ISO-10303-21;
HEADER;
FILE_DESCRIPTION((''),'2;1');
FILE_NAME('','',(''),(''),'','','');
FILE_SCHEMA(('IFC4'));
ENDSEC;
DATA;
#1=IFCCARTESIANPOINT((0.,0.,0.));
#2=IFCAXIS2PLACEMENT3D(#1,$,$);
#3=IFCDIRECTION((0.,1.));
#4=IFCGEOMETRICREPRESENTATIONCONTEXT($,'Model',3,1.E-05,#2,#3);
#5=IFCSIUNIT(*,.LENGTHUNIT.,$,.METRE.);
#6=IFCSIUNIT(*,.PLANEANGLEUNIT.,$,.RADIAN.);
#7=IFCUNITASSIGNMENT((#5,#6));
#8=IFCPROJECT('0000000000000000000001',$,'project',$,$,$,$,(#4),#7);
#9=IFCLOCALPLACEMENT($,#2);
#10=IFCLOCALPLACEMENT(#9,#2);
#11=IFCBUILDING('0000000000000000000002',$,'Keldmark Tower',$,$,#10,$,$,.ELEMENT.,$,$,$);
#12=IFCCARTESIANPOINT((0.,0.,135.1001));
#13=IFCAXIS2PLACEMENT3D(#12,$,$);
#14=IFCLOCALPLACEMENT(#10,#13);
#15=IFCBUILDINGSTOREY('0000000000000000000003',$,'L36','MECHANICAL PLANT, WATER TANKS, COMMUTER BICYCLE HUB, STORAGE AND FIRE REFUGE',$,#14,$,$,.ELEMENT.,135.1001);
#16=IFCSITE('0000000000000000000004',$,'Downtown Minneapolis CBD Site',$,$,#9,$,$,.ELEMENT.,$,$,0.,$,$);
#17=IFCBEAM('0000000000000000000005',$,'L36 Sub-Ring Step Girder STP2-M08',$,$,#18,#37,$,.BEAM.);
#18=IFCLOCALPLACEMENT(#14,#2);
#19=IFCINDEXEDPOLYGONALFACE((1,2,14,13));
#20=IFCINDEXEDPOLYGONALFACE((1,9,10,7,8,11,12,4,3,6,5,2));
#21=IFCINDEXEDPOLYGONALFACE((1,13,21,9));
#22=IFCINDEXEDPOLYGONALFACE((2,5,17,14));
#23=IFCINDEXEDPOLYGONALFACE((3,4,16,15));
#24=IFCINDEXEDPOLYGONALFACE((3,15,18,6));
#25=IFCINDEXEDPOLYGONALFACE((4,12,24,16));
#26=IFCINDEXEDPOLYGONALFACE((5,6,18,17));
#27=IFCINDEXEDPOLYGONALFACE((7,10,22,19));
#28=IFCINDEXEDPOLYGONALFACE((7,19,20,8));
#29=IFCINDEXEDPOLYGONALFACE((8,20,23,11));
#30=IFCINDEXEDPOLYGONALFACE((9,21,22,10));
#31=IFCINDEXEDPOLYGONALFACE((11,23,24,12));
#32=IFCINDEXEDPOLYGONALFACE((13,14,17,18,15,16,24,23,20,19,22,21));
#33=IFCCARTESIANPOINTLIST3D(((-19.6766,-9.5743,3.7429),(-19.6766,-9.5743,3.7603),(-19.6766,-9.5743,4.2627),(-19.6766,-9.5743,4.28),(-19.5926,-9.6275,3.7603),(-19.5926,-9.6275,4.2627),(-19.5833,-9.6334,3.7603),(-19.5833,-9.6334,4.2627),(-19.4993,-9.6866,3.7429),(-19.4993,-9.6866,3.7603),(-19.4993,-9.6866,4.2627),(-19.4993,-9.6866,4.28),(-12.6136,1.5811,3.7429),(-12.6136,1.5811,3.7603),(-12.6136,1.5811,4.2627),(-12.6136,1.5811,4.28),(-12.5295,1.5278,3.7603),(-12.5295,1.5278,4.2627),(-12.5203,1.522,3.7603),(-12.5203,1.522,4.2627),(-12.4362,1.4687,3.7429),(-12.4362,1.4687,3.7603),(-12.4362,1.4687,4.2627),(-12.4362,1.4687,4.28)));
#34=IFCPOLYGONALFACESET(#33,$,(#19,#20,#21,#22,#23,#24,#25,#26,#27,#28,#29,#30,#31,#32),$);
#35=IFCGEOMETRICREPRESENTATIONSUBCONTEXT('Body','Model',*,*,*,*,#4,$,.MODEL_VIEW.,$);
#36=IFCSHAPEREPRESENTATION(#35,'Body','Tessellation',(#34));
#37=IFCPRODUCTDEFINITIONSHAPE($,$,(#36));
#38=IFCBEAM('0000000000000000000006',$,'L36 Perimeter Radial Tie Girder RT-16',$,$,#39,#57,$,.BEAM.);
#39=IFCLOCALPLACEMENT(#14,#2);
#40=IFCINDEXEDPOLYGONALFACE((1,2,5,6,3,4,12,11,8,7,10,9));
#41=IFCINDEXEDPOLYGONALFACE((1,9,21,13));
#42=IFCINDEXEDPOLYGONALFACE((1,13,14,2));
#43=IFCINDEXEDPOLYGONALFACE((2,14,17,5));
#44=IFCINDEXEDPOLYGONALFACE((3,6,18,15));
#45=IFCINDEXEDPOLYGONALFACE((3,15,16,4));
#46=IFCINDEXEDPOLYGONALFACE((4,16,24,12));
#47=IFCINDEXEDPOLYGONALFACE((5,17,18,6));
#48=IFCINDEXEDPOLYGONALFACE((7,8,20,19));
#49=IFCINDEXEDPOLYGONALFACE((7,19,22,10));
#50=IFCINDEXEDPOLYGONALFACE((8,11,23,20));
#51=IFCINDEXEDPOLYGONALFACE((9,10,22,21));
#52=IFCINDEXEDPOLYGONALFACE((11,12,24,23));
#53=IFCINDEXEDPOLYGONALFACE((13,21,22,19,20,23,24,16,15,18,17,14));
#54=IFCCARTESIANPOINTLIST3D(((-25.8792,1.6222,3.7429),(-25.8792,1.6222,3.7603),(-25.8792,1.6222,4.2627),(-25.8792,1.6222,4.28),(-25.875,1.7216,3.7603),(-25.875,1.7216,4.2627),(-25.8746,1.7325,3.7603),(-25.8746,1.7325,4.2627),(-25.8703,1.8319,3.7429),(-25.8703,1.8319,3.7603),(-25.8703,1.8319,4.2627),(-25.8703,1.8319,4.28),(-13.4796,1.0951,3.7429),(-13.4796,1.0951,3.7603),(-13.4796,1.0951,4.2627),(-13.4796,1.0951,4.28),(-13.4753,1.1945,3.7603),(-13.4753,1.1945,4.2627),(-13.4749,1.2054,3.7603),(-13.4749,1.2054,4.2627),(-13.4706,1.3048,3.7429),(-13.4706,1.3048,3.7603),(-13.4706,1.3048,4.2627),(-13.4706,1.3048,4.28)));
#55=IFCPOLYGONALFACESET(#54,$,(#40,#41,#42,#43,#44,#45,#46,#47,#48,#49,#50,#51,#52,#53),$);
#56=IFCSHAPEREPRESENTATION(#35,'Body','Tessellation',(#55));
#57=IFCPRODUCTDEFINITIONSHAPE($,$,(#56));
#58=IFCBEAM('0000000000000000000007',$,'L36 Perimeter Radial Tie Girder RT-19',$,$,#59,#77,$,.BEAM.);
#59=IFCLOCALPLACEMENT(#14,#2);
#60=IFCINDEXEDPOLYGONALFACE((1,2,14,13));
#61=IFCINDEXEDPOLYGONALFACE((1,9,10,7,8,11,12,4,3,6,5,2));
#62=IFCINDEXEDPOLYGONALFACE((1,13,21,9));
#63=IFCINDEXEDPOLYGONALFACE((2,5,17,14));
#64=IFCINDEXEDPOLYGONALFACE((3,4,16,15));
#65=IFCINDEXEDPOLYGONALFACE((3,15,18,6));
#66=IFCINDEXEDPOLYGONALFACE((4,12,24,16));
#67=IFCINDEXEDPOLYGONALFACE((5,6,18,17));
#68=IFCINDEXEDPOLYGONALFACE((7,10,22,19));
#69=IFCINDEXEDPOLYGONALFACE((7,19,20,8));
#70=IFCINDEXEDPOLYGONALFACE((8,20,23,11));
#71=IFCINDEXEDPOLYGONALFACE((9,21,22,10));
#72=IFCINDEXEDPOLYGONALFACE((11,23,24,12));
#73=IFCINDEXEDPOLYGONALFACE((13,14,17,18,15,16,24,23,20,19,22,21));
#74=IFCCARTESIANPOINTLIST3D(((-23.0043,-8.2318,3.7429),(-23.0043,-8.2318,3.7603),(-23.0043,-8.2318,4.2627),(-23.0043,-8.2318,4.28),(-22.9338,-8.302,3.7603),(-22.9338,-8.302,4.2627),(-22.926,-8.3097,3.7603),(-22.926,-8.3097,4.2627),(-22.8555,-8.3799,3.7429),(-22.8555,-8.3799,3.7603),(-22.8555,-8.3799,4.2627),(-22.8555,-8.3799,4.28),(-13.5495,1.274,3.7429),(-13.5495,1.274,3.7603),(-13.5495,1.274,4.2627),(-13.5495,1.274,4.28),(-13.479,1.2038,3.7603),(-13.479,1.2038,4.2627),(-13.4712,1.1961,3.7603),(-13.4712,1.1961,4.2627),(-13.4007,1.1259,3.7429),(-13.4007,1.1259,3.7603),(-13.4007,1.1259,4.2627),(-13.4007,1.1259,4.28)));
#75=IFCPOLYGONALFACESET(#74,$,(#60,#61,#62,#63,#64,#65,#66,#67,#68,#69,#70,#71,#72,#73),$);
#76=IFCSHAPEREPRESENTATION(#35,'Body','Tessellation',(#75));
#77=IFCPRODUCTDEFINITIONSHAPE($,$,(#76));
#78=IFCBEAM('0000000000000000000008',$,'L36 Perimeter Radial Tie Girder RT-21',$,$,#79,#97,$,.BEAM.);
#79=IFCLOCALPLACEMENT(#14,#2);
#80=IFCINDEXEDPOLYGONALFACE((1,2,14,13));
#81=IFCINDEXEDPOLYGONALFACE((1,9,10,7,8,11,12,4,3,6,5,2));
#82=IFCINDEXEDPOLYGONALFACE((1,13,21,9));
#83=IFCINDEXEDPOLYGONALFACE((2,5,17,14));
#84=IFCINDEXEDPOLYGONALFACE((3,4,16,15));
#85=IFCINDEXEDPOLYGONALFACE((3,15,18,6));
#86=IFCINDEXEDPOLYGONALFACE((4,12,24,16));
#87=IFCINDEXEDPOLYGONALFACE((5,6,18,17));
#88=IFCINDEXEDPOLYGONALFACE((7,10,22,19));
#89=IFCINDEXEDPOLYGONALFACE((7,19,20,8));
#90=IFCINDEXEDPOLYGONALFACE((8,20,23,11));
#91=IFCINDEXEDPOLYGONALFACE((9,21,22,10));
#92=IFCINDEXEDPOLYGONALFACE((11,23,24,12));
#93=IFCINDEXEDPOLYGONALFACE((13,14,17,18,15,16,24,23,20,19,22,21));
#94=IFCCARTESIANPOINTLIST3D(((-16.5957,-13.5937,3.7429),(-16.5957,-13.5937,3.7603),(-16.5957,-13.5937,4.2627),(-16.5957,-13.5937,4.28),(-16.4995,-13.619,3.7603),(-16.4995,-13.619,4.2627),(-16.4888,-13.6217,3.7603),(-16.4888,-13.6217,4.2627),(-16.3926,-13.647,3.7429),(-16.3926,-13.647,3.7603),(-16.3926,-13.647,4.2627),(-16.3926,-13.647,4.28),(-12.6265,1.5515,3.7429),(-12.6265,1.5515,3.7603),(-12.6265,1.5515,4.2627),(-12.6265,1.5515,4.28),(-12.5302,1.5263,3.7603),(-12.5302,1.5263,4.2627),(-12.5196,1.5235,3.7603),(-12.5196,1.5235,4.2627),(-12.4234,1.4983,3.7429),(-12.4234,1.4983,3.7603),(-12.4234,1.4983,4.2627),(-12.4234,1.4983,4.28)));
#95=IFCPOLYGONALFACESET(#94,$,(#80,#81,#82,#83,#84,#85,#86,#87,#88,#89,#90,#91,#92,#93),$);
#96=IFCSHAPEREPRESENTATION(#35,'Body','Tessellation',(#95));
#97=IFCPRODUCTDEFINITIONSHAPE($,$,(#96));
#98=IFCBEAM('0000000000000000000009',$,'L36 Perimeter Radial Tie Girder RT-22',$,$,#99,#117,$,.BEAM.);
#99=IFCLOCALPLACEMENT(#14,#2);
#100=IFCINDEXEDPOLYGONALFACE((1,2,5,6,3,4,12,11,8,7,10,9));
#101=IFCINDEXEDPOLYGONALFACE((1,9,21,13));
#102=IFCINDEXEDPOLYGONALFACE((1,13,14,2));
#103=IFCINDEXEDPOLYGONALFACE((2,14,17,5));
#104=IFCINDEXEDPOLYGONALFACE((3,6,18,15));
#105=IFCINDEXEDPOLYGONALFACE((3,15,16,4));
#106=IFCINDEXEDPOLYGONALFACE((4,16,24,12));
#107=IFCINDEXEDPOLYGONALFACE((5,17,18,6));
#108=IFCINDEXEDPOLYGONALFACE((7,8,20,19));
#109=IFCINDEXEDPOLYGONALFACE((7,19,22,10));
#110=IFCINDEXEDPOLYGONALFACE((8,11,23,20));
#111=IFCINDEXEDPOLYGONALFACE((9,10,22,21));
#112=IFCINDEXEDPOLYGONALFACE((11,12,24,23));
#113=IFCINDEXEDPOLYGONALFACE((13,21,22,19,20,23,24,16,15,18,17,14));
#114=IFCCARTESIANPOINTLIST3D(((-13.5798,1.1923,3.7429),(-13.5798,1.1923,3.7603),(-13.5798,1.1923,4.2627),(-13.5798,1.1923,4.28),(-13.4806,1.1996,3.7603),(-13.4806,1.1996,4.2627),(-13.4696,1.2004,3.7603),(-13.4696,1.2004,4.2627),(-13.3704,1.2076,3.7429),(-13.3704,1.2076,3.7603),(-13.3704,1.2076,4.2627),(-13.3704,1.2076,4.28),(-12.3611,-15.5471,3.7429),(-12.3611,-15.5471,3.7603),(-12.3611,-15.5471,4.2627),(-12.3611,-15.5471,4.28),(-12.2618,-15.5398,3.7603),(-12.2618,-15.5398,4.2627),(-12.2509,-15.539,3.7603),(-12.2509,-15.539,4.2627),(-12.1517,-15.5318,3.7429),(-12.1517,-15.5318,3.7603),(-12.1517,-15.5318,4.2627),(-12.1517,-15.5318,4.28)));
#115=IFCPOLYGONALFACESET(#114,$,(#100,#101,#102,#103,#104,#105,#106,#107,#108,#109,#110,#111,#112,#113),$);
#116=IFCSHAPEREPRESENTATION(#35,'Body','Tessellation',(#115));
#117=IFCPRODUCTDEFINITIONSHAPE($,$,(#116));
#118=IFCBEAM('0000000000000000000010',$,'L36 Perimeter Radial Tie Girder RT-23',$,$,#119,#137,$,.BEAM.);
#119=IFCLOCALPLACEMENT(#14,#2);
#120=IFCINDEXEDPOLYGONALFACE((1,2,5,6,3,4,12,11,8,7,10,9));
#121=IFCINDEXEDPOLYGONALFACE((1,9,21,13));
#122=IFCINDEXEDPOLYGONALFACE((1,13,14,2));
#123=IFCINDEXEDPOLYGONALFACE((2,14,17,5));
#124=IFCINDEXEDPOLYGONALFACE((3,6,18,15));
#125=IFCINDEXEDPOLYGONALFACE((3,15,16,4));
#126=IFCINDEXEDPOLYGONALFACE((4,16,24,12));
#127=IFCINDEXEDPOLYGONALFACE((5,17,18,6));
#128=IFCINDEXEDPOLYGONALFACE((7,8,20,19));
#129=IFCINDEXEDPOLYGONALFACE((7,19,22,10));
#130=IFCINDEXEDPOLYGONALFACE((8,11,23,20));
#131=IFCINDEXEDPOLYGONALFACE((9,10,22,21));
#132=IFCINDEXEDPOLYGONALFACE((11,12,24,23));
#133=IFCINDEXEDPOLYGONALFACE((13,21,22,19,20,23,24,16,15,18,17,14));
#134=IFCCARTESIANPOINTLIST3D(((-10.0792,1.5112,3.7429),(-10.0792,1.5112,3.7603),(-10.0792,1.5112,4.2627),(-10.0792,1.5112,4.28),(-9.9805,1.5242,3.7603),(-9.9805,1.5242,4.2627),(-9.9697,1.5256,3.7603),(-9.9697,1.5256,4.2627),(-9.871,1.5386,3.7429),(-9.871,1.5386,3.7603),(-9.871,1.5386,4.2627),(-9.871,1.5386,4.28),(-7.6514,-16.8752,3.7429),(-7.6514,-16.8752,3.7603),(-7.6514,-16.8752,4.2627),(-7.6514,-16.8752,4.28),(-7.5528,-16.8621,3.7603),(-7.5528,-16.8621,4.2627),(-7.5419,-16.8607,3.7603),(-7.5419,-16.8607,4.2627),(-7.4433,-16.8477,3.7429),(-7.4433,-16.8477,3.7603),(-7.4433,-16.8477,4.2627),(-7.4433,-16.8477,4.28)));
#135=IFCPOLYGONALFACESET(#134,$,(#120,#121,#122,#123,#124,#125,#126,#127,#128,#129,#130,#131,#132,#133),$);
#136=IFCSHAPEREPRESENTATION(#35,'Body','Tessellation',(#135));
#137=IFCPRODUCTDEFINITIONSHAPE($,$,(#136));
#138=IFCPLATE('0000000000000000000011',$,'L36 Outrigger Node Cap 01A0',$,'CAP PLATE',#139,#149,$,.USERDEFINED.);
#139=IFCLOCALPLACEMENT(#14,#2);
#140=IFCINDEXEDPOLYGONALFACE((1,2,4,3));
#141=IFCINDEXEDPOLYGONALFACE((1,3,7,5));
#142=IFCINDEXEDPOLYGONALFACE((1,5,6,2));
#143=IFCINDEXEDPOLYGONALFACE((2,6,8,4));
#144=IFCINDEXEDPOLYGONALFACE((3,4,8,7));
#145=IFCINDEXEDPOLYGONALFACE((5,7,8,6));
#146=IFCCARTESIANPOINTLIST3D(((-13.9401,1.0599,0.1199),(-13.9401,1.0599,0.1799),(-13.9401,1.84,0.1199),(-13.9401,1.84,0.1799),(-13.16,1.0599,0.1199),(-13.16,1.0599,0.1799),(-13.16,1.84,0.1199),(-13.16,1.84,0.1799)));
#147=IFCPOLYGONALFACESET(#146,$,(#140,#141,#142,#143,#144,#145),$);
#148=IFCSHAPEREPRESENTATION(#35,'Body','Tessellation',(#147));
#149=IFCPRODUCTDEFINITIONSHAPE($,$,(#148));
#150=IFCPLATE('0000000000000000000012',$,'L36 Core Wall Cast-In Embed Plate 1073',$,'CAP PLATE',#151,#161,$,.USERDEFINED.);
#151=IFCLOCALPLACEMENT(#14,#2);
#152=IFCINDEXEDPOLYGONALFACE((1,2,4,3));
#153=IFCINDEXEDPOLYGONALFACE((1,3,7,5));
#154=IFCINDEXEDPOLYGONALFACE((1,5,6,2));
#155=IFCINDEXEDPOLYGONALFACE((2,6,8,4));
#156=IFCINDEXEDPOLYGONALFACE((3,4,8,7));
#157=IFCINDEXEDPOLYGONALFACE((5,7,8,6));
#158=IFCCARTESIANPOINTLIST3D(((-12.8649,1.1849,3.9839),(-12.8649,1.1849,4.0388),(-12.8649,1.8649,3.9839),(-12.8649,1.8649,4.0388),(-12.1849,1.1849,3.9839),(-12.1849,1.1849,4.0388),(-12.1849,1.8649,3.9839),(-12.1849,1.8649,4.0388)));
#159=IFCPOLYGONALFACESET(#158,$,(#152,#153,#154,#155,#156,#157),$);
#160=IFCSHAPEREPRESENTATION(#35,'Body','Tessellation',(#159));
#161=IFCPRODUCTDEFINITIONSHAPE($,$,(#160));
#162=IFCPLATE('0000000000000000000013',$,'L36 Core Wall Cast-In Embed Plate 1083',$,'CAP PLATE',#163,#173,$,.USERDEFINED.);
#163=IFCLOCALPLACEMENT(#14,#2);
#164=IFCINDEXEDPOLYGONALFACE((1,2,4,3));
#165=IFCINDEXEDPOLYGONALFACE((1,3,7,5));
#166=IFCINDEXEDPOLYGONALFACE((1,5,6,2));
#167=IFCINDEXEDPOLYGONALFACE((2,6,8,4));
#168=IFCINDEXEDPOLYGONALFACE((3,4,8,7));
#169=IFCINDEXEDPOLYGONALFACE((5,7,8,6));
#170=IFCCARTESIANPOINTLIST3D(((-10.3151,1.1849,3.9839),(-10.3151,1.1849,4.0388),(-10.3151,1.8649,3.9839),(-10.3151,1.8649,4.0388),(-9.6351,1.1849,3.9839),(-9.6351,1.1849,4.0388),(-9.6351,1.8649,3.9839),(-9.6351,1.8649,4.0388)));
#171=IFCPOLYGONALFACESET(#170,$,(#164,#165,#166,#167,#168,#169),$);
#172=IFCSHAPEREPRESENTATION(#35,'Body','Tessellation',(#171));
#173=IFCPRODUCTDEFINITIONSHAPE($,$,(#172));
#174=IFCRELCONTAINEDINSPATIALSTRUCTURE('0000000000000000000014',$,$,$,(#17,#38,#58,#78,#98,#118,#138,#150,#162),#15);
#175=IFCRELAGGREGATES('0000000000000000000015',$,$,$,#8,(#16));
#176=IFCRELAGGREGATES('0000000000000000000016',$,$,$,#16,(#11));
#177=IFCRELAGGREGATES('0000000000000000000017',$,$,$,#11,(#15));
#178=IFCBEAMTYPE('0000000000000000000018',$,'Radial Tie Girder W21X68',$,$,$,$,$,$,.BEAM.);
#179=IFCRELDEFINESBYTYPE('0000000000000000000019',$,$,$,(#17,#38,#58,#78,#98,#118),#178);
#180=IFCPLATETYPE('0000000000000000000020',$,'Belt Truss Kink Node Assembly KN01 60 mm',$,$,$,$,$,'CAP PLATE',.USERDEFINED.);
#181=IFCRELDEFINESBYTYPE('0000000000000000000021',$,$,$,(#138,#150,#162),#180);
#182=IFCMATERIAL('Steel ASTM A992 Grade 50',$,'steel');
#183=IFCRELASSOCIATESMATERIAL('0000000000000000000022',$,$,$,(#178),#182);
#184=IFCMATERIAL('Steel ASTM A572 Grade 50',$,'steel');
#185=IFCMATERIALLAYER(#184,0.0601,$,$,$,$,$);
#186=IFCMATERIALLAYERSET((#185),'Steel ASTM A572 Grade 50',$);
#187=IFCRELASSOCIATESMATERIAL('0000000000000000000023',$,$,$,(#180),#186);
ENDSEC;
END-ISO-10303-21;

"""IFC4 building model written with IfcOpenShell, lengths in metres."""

from ifc_helpers import new_model, si_unit, direction, frame, origin, origin_2d, place, context, subcontext, project, spatial, rectangle, i_section, extrude, material, layer, layer_set, material_profile, profile_set, type_object, element, save


model = new_model("IFC4")

# Units and contexts
model_context = context("Model", 3, precision=1e-05, world=origin(), true_north=direction((0.0, 1.0)))
body_context = subcontext(model_context, "Body", "Model", "MODEL_VIEW")
ifc_project = project(units=[si_unit("LENGTHUNIT", "METRE"), si_unit("PLANEANGLEUNIT", "RADIAN")], contexts=[model_context])

# Site, building, storey
site_placement = place(None, origin())
site = spatial("IfcSite", under=ifc_project, at=site_placement, Name="Downtown Minneapolis CBD Site", CompositionType="ELEMENT", RefElevation=0.0)
building_placement = place(site_placement, origin())
building = spatial("IfcBuilding", under=site, at=building_placement, Name="Keldmark Tower", CompositionType="ELEMENT")
storey_placement = place(building_placement, frame((0.0, 0.0, 135.1001)))
storey = spatial("IfcBuildingStorey", under=building, at=storey_placement, Name="L36", Description="MECHANICAL PLANT, WATER TANKS, COMMUTER BICYCLE HUB, STORAGE AND FIRE REFUGE", CompositionType="ELEMENT", Elevation=135.1001)

# Beams
ifc_material_1 = material(Name="Steel ASTM A992 Grade 50", Category="steel")
ifc_material_profile_1 = material_profile(ifc_material_1, i_section(OverallWidth=0.21, OverallDepth=0.5371, WebThickness=0.011, FlangeThickness=0.0173, at=origin_2d()), Name="W21X68")
ifc_profile_set_1 = profile_set([ifc_material_profile_1], Name="Steel ASTM A992 Grade 50")
beam_type = type_object("IfcBeamType", Name="Radial Tie Girder W21X68", PredefinedType="BEAM", material=ifc_profile_set_1)
beam_1_placement = place(storey_placement, frame((-12.5249, 1.5249, 4.0115), z_axis=(-0.534943, -0.844888, 0.0), x_axis=(0.844888, -0.534943, 0.0)))
element("IfcBeam", 1, at=beam_1_placement, inside=storey, type_object=beam_type, Name="L36 Sub-Ring Step Girder STP2-M08", PredefinedType="BEAM", context=body_context, shape_type="SweptSolid", body=[
    extrude(i_section(OverallWidth=0.21, OverallDepth=0.5371, WebThickness=0.011, FlangeThickness=0.0173, at=origin_2d()), origin(), (0.0, 0.0, 1.0), 13.2034),
])
beam_2_placement = place(storey_placement, frame((-13.4751, 1.2, 4.0115), z_axis=(-0.999098, 0.042471, 0.0), x_axis=(-0.042471, -0.999098, 0.0)))
element("IfcBeam", 2, at=beam_2_placement, inside=storey, type_object=beam_type, Name="L36 Perimeter Radial Tie Girder RT-16", PredefinedType="BEAM", context=body_context, shape_type="SweptSolid", body=[
    extrude(i_section(OverallWidth=0.21, OverallDepth=0.5371, WebThickness=0.011, FlangeThickness=0.0173, at=origin_2d()), origin(), (0.0, 0.0, 1.0), 12.4109),
])
beam_3_placement = place(storey_placement, frame((-13.4751, 1.2, 4.0115), z_axis=(-0.705201, -0.709007, 0.0), x_axis=(0.709007, -0.705201, 0.0)))
element("IfcBeam", 3, at=beam_3_placement, inside=storey, type_object=beam_type, Name="L36 Perimeter Radial Tie Girder RT-19", PredefinedType="BEAM", context=body_context, shape_type="SweptSolid", body=[
    extrude(i_section(OverallWidth=0.21, OverallDepth=0.5371, WebThickness=0.011, FlangeThickness=0.0173, at=origin_2d()), origin(), (0.0, 0.0, 1.0), 13.4072),
])
beam_4_placement = place(storey_placement, frame((-12.5249, 1.5249, 4.0115), z_axis=(-0.253516, -0.967331, 0.0), x_axis=(0.967331, -0.253516, 0.0)))
element("IfcBeam", 4, at=beam_4_placement, inside=storey, type_object=beam_type, Name="L36 Perimeter Radial Tie Girder RT-21", PredefinedType="BEAM", context=body_context, shape_type="SweptSolid", body=[
    extrude(i_section(OverallWidth=0.21, OverallDepth=0.5371, WebThickness=0.011, FlangeThickness=0.0173, at=origin_2d()), origin(), (0.0, 0.0, 1.0), 15.6567),
])
beam_5_placement = place(storey_placement, frame((-13.4751, 1.2, 4.0115), z_axis=(0.072615, -0.99736, 0.0), x_axis=(0.99736, 0.072615, 0.0)))
element("IfcBeam", 5, at=beam_5_placement, inside=storey, type_object=beam_type, Name="L36 Perimeter Radial Tie Girder RT-22", PredefinedType="BEAM", context=body_context, shape_type="SweptSolid", body=[
    extrude(i_section(OverallWidth=0.21, OverallDepth=0.5371, WebThickness=0.011, FlangeThickness=0.0173, at=origin_2d()), origin(), (0.0, 0.0, 1.0), 16.7837),
])
beam_6_placement = place(storey_placement, frame((-9.9751, 1.5249, 4.0115), z_axis=(0.130905, -0.991395, 0.0), x_axis=(0.991395, 0.130905, 0.0)))
element("IfcBeam", 6, at=beam_6_placement, inside=storey, type_object=beam_type, Name="L36 Perimeter Radial Tie Girder RT-23", PredefinedType="BEAM", context=body_context, shape_type="SweptSolid", body=[
    extrude(i_section(OverallWidth=0.21, OverallDepth=0.5371, WebThickness=0.011, FlangeThickness=0.0173, at=origin_2d()), origin(), (0.0, 0.0, 1.0), 18.5459),
])

# Plates
ifc_material_2 = material(Name="Steel ASTM A572 Grade 50", Category="steel")
ifc_layer_1 = layer(ifc_material_2, 0.0601)
ifc_layer_set_1 = layer_set([ifc_layer_1], Name="Steel ASTM A572 Grade 50")
plate_type = type_object("IfcPlateType", Name="Belt Truss Kink Node Assembly KN01 60 mm", ElementType="CAP PLATE", PredefinedType="USERDEFINED", material=ifc_layer_set_1)
plate_placement = place(storey_placement, frame((-13.55, 1.45, 0.1199), z_axis=(0.0, 0.0, 1.0), x_axis=(1.0, 0.0, 0.0)))
element("IfcPlate", 7, at=plate_placement, inside=storey, type_object=plate_type, Name="L36 Outrigger Node Cap 01A0", ObjectType="CAP PLATE", PredefinedType="USERDEFINED", context=body_context, shape_type="SweptSolid", body=[
    extrude(rectangle(XDim=0.78, YDim=0.78, at=origin_2d()), origin(), (0.0, 0.0, 1.0), 0.0601),
])
for number, where, z_axis, x_axis, name in (
    (8, (-12.5249, 1.5249, 3.9839), (0.0, 0.0, 1.0), (1.0, 0.0, 0.0), "L36 Core Wall Cast-In Embed Plate 1073"),
    (9, (-9.9751, 1.5249, 3.9839), (0.0, 0.0, 1.0), (1.0, 0.0, 0.0), "L36 Core Wall Cast-In Embed Plate 1083"),
):
    element("IfcPlate", number, at=place(storey_placement, frame(where, z_axis=z_axis, x_axis=x_axis)), inside=storey, type_object=plate_type, Name=name, ObjectType="CAP PLATE", PredefinedType="USERDEFINED", context=body_context, shape_type="SweptSolid", body=[
        extrude(rectangle(XDim=0.6799, YDim=0.6799, at=origin_2d()), origin(), (0.0, 0.0, 1.0), 0.0549),
    ])

save(model, "model.ifc")
